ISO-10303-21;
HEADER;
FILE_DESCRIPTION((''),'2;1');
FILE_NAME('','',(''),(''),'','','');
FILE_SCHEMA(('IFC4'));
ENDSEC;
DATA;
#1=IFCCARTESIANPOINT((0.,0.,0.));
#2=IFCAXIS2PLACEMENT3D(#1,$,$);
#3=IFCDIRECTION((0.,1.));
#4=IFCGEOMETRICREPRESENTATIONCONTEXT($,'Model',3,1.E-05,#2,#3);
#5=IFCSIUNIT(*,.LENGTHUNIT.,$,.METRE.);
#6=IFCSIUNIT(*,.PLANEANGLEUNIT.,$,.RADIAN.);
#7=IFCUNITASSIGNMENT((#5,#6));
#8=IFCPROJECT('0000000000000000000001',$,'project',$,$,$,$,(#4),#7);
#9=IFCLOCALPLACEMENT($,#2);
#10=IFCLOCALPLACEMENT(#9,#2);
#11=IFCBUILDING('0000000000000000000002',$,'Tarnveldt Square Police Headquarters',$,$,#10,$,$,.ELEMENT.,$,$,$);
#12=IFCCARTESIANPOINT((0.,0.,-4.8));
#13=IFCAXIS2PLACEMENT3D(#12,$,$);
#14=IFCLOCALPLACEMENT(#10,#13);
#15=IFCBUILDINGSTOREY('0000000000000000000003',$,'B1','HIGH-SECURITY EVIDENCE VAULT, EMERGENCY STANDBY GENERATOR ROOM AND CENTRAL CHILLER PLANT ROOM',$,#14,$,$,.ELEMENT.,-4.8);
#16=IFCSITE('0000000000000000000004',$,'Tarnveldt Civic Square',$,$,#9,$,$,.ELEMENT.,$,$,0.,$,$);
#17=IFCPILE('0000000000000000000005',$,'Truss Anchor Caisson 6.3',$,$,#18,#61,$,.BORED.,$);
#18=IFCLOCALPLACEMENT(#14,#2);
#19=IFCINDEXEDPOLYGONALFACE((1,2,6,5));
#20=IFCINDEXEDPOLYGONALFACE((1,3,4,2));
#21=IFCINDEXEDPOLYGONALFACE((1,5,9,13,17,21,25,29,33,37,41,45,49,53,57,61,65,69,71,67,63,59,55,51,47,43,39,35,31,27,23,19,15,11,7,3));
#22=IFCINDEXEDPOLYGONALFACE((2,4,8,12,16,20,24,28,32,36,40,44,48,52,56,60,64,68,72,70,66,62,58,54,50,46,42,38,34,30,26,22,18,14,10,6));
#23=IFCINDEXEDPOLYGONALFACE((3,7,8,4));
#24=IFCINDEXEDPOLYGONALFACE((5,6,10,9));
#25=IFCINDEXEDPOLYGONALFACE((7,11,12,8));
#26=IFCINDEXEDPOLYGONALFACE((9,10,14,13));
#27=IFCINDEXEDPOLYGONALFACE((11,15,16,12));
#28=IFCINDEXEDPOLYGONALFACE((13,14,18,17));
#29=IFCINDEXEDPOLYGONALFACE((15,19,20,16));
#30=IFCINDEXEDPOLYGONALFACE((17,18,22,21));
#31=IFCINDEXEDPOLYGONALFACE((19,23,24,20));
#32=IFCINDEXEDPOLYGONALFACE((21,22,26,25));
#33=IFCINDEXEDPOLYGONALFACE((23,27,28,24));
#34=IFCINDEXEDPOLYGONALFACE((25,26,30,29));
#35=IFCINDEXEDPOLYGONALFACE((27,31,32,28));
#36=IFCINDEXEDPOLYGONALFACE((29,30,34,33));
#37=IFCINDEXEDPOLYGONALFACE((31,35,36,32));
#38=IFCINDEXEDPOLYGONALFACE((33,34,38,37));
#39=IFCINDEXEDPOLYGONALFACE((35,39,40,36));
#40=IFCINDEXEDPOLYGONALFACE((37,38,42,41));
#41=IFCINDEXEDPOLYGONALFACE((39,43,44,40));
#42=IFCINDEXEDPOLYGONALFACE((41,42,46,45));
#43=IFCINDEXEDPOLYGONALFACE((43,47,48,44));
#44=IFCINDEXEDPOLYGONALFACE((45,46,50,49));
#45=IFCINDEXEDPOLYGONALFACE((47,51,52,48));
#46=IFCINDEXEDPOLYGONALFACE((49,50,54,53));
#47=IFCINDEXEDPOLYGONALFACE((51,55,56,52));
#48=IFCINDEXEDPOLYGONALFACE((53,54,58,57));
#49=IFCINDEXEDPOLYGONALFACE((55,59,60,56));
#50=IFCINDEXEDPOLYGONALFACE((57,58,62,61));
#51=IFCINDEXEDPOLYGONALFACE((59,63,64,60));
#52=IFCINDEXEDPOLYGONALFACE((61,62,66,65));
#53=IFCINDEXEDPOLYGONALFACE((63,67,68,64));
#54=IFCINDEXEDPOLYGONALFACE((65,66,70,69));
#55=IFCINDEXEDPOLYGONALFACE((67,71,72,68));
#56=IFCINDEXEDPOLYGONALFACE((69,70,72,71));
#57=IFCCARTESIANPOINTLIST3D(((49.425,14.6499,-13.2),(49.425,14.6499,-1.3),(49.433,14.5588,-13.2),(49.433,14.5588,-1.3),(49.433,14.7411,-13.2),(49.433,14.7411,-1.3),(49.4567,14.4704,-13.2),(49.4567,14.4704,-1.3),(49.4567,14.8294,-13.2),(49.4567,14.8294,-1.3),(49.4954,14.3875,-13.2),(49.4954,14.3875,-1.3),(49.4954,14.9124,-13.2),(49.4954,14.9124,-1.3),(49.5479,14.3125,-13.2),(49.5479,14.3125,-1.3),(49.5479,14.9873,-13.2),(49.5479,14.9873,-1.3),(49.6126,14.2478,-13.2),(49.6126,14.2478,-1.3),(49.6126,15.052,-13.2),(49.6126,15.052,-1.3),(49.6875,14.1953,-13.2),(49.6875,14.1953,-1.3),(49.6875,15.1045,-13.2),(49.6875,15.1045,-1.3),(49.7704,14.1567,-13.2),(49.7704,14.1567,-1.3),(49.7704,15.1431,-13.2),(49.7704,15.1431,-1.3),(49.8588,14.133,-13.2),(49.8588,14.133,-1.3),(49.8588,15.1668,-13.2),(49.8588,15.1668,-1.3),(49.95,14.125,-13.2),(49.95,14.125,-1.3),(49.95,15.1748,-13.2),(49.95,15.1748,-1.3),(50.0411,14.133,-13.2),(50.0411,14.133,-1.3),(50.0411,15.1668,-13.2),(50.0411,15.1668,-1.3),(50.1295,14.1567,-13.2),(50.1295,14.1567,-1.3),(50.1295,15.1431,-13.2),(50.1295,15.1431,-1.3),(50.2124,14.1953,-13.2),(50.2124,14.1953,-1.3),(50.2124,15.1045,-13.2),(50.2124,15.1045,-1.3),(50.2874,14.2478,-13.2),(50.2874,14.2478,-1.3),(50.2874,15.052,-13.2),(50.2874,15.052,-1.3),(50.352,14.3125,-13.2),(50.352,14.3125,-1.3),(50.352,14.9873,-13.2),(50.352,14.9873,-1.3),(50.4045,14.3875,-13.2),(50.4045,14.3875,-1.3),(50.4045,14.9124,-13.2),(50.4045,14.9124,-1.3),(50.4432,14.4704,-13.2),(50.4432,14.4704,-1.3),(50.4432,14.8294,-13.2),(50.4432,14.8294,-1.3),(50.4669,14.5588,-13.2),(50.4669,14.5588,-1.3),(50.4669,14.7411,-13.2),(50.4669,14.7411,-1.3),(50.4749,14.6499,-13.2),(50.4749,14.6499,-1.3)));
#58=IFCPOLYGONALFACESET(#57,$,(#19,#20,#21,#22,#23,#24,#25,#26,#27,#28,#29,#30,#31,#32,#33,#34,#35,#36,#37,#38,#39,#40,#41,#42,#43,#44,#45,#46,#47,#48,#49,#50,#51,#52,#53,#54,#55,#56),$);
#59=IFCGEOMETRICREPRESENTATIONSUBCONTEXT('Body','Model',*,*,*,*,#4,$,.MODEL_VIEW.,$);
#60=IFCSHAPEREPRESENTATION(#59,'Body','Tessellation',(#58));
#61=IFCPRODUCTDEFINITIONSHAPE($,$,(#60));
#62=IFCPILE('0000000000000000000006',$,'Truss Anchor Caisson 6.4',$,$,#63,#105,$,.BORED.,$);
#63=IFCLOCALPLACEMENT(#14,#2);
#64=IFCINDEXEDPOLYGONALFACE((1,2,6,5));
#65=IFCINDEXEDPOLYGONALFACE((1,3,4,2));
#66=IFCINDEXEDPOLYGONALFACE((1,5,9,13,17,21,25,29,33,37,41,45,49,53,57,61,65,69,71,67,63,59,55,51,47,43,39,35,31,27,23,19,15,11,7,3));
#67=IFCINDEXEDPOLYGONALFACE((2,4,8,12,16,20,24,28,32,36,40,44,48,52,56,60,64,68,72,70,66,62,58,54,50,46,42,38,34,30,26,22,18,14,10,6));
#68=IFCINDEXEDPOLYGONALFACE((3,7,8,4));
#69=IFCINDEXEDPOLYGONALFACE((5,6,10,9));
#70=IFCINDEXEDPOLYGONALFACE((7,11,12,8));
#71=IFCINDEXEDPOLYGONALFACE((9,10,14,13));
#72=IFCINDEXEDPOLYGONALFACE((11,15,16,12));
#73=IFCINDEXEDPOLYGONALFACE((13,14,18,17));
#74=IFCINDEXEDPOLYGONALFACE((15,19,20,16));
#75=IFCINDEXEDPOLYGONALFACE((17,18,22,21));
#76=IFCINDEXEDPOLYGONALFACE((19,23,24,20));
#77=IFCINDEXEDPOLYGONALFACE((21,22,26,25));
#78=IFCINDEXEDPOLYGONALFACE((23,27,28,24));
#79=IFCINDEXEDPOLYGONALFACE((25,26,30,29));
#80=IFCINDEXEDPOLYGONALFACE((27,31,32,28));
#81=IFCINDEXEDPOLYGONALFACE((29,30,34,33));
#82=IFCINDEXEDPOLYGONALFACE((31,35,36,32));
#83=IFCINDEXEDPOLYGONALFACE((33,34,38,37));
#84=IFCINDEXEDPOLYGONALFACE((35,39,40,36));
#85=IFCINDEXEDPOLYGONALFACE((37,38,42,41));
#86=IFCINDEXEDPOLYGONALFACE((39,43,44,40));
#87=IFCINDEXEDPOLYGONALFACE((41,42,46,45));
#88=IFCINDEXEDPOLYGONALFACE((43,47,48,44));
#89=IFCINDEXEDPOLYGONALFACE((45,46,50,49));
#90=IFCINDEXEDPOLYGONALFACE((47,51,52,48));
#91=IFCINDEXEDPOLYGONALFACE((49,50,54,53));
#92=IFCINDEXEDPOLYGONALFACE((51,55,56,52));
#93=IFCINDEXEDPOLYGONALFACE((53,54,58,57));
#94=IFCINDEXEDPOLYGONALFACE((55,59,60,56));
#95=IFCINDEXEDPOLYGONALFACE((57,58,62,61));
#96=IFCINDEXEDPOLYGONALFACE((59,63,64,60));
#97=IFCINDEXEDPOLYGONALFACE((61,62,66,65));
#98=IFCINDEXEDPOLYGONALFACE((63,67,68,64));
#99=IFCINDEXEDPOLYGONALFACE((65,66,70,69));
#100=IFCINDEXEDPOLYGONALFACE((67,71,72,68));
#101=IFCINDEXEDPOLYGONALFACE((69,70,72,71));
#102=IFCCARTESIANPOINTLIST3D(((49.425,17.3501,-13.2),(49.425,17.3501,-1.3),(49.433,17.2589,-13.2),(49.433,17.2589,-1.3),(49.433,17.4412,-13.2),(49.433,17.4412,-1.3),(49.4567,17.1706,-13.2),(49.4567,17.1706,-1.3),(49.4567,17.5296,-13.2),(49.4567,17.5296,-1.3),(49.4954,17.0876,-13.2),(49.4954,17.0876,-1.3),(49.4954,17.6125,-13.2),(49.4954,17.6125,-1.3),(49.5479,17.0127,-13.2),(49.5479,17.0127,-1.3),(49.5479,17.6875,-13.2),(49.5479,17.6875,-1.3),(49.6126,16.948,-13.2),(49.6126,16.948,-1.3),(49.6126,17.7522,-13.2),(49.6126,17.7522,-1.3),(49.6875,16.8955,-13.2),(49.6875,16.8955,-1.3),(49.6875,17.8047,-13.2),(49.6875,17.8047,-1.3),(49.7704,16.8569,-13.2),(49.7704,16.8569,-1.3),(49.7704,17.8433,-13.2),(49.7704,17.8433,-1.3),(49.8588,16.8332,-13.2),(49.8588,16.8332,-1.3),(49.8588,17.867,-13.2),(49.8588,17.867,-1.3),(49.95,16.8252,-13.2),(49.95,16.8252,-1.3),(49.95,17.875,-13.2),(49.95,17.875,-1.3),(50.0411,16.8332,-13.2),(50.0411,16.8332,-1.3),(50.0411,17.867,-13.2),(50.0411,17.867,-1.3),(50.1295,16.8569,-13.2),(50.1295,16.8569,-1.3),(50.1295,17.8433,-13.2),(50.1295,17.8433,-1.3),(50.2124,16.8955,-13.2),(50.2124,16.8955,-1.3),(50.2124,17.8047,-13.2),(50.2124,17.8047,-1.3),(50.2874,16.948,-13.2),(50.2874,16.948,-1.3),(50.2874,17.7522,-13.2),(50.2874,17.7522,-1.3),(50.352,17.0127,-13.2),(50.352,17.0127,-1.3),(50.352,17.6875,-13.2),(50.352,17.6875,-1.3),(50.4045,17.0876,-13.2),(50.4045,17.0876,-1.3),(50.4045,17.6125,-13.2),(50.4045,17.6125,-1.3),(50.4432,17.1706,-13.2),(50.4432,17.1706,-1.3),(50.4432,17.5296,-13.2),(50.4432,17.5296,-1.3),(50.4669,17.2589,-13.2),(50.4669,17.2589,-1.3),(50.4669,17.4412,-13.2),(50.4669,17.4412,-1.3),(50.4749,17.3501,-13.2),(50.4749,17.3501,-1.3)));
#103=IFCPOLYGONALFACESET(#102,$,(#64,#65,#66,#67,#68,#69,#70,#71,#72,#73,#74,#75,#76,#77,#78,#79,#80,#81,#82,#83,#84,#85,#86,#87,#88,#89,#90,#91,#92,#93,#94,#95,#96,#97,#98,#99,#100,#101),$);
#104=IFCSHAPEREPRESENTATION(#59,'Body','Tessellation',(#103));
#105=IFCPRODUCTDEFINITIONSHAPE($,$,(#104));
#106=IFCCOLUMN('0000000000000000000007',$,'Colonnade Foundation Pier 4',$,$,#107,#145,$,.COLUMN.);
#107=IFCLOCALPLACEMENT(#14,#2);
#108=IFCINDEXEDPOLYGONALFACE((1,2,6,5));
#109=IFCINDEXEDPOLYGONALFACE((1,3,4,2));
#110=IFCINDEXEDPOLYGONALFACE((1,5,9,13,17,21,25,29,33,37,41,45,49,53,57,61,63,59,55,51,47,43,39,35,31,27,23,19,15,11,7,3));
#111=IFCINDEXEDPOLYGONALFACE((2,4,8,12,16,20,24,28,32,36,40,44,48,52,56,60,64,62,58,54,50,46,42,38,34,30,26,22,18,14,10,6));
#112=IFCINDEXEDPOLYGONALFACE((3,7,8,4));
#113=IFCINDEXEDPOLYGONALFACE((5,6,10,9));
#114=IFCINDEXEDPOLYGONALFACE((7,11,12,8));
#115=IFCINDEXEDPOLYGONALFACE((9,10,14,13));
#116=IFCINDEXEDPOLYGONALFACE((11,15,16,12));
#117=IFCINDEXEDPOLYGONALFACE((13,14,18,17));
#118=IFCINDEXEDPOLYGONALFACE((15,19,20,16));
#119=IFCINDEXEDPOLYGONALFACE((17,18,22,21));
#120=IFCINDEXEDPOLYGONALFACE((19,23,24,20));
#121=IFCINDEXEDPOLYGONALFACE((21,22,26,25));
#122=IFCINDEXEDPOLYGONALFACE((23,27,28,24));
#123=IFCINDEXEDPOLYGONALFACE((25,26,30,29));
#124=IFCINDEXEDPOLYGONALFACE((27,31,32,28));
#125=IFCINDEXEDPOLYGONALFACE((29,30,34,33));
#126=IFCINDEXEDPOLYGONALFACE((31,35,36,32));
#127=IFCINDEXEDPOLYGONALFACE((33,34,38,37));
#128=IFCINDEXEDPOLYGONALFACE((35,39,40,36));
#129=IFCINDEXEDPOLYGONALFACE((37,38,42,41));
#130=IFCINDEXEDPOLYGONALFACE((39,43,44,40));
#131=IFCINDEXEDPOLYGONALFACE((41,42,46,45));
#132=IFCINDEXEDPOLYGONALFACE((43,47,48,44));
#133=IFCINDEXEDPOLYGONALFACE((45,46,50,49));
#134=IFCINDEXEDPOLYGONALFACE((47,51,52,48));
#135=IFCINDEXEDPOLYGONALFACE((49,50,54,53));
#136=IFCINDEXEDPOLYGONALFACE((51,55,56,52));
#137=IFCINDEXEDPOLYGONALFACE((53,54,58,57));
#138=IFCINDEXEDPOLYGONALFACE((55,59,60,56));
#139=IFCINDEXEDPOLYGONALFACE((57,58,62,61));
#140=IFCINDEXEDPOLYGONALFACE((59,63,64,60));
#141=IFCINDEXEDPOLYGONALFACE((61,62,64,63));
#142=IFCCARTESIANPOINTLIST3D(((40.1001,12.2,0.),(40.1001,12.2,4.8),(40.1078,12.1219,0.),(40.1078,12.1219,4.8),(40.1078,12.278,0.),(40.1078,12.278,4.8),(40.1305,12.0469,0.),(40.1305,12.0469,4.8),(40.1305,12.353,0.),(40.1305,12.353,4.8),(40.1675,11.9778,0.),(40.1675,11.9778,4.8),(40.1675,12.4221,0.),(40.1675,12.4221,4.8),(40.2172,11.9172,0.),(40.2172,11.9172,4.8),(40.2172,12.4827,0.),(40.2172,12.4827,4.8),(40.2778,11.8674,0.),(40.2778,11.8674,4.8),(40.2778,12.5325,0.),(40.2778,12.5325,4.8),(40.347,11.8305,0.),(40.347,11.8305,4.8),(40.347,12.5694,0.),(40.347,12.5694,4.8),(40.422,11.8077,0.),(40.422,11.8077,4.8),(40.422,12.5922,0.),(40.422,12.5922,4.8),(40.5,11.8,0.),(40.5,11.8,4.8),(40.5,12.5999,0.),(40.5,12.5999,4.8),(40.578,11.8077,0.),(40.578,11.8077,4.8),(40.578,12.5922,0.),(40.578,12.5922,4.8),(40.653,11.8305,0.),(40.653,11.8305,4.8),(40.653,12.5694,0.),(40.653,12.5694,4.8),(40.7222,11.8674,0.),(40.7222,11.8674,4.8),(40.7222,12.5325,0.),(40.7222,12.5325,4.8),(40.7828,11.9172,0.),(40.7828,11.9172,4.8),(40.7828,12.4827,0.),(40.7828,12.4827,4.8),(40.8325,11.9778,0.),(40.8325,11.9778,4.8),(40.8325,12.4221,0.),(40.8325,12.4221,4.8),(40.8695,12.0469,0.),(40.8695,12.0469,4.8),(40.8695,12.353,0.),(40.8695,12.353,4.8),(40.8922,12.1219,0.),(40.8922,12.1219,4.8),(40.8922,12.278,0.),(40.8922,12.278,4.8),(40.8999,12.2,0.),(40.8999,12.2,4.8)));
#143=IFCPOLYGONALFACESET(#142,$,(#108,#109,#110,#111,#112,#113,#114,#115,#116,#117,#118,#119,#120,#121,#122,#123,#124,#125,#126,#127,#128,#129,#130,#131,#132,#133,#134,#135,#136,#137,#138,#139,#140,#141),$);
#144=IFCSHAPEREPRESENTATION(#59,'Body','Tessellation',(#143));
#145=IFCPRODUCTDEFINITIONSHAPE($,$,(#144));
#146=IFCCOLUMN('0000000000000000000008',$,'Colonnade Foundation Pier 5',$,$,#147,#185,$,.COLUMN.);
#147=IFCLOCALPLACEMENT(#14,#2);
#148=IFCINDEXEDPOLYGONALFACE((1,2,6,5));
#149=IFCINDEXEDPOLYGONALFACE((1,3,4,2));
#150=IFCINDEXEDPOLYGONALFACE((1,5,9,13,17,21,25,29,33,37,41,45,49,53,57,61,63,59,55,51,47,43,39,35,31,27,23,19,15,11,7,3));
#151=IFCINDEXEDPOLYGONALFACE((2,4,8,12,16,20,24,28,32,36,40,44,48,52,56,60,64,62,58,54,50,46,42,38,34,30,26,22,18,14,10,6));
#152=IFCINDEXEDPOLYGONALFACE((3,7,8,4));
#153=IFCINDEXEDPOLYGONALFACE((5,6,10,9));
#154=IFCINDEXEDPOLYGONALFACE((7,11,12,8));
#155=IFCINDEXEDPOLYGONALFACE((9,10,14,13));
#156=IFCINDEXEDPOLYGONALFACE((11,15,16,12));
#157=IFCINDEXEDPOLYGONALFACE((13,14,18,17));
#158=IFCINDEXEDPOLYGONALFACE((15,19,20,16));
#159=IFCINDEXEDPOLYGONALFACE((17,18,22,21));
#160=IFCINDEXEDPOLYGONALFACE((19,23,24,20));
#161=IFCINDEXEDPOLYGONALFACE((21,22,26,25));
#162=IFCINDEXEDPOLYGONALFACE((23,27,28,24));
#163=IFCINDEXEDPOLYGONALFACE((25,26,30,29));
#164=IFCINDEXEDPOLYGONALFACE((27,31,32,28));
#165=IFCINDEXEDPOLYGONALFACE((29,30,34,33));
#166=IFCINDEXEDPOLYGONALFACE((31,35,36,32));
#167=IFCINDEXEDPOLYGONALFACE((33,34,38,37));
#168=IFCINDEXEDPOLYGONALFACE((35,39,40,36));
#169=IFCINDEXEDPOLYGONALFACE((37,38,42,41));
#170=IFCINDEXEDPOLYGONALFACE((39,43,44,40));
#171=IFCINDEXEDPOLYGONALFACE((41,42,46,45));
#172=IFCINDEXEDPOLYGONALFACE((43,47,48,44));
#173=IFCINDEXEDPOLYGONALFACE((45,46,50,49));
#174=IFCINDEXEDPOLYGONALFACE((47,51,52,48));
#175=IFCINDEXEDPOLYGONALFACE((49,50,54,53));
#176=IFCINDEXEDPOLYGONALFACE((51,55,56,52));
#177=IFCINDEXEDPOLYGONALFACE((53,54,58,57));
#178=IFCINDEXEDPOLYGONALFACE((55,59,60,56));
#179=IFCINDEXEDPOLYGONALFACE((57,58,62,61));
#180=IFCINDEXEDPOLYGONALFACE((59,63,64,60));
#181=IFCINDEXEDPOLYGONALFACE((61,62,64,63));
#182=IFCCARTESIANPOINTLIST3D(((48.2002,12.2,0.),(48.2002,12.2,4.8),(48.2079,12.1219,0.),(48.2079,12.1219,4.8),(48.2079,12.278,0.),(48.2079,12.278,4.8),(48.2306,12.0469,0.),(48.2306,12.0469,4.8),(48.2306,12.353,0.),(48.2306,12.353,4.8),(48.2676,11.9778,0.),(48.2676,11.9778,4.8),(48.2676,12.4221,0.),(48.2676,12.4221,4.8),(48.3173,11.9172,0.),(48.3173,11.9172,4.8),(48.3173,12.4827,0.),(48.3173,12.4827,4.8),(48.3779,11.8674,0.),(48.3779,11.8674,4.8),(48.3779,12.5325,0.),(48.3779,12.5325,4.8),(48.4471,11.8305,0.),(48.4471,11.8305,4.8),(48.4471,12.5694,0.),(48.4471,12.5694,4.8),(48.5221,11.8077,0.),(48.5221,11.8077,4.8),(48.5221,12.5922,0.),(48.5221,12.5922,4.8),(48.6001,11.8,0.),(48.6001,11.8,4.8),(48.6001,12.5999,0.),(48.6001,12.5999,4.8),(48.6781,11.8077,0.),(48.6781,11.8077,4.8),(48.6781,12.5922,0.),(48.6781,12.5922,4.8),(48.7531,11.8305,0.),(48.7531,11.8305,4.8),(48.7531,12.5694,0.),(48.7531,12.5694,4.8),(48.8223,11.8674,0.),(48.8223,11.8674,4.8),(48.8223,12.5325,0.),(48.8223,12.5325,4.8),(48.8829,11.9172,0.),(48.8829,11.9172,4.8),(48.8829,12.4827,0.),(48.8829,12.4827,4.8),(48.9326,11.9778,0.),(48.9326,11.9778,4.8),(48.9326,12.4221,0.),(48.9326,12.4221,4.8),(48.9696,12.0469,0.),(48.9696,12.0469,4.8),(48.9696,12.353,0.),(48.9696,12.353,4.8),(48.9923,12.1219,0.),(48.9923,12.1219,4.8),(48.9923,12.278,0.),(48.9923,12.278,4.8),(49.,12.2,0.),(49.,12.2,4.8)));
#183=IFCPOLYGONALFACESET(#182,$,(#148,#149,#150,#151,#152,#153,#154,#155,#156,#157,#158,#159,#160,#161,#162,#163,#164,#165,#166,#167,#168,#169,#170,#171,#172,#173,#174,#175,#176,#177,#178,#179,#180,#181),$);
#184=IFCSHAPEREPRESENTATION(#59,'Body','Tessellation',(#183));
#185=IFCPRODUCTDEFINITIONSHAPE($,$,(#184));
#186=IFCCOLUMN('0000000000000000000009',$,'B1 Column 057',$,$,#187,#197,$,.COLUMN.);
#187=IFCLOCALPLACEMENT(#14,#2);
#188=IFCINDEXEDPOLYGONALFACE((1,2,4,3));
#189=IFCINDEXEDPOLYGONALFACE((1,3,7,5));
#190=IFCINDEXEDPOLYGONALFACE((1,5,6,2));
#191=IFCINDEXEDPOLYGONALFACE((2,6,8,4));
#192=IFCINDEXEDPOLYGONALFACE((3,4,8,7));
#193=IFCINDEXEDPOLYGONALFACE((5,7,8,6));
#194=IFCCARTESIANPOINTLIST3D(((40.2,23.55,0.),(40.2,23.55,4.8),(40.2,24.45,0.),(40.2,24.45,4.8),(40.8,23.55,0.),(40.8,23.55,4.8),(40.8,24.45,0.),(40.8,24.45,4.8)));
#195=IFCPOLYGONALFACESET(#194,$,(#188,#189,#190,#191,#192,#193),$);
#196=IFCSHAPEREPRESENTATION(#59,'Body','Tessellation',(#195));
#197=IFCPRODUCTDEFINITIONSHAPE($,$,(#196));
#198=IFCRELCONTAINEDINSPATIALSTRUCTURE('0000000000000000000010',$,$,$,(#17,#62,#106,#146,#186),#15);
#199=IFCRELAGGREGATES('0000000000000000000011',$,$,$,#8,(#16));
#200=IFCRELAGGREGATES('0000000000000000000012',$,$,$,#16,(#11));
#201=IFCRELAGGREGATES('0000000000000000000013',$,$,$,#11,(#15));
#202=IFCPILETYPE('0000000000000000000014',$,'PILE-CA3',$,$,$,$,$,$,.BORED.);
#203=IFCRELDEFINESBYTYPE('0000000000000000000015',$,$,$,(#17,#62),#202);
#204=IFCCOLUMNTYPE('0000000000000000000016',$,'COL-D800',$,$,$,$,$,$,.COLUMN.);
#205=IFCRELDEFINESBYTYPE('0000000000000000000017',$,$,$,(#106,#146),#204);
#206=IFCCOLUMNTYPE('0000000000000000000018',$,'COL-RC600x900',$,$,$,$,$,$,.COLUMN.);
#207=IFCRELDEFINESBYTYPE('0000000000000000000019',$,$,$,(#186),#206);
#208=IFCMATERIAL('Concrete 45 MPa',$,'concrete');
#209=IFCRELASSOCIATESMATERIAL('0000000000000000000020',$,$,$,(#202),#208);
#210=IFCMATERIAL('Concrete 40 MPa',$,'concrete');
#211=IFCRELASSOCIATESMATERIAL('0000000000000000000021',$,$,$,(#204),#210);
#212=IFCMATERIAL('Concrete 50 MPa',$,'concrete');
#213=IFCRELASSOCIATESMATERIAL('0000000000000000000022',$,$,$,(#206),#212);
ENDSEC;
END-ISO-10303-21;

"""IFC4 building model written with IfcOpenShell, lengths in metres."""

from ifc_helpers import new_model, si_unit, direction, frame, origin, origin_2d, place, context, subcontext, project, spatial, rectangle, circle, extrude, material, material_profile, profile_set, type_object, element, save


model = new_model("IFC4")

# Units and contexts
model_context = context("Model", 3, precision=1e-05, world=origin(), true_north=direction((0.0, 1.0)))
body_context = subcontext(model_context, "Body", "Model", "MODEL_VIEW")
ifc_project = project(units=[si_unit("LENGTHUNIT", "METRE"), si_unit("PLANEANGLEUNIT", "RADIAN")], contexts=[model_context])

# Site, building, storey
site_placement = place(None, origin())
site = spatial("IfcSite", under=ifc_project, at=site_placement, Name="Tarnveldt Civic Square", CompositionType="ELEMENT", RefElevation=0.0)
building_placement = place(site_placement, origin())
building = spatial("IfcBuilding", under=site, at=building_placement, Name="Tarnveldt Square Police Headquarters", CompositionType="ELEMENT")
storey_placement = place(building_placement, frame((0.0, 0.0, -4.8)))
storey = spatial("IfcBuildingStorey", under=building, at=storey_placement, Name="B1", Description="HIGH-SECURITY EVIDENCE VAULT, EMERGENCY STANDBY GENERATOR ROOM AND CENTRAL CHILLER PLANT ROOM", CompositionType="ELEMENT", Elevation=-4.8)

# Shared definitions
ifc_material_1 = material(Name="Concrete 45 MPa", Category="concrete")
ifc_material_2 = material(Name="Concrete 40 MPa", Category="concrete")

# Piles
ifc_material_profile_1 = material_profile(ifc_material_1, circle(Radius=0.5249, at=origin_2d()), Name="CAISSON-D1050")
ifc_profile_set_1 = profile_set([ifc_material_profile_1], Name="Concrete 45 MPa")
pile_type_1 = type_object("IfcPileType", Name="PILE-CA3", PredefinedType="BORED", material=ifc_profile_set_1)
for number, where, z_axis, x_axis, name in (
    (1, (49.95, 14.6499, -1.3), (0.0, 0.0, -1.0), (1.0, 0.0, 0.0), "Truss Anchor Caisson 6.3"),
    (2, (49.95, 17.3501, -1.3), (0.0, 0.0, -1.0), (1.0, 0.0, 0.0), "Truss Anchor Caisson 6.4"),
):
    element("IfcPile", number, at=place(storey_placement, frame(where, z_axis=z_axis, x_axis=x_axis)), inside=storey, type_object=pile_type_1, Name=name, PredefinedType="BORED", context=body_context, shape_type="SweptSolid", body=[
        extrude(circle(Radius=0.5249, at=origin_2d()), origin(), (0.0, 0.0, 1.0), 11.8999),
    ])

# Columns
ifc_material_profile_2 = material_profile(ifc_material_2, circle(Radius=0.3999, at=origin_2d()), Name="RC-D800")
ifc_profile_set_2 = profile_set([ifc_material_profile_2], Name="Concrete 40 MPa")
column_type_1 = type_object("IfcColumnType", Name="COL-D800", PredefinedType="COLUMN", material=ifc_profile_set_2)
for number, where, z_axis, x_axis, name in (
    (3, (40.5, 12.2, 0.0), (0.0, 0.0, 1.0), (1.0, 0.0, 0.0), "Colonnade Foundation Pier 4"),
    (4, (48.6001, 12.2, 0.0), (0.0, 0.0, 1.0), (1.0, 0.0, 0.0), "Colonnade Foundation Pier 5"),
):
    element("IfcColumn", number, at=place(storey_placement, frame(where, z_axis=z_axis, x_axis=x_axis)), inside=storey, type_object=column_type_1, Name=name, PredefinedType="COLUMN", context=body_context, shape_type="SweptSolid", body=[
        extrude(circle(Radius=0.3999, at=origin_2d()), origin(), (0.0, 0.0, 1.0), 4.8),
    ])
ifc_material_3 = material(Name="Concrete 50 MPa", Category="concrete")
ifc_material_profile_3 = material_profile(ifc_material_3, rectangle(XDim=0.6001, YDim=0.8999, at=origin_2d()), Name="RC-C600x900")
ifc_profile_set_3 = profile_set([ifc_material_profile_3], Name="Concrete 50 MPa")
column_type_2 = type_object("IfcColumnType", Name="COL-RC600x900", PredefinedType="COLUMN", material=ifc_profile_set_3)
for number, where, z_axis, x_axis, name in (
    (5, (40.5, 24.0, 0.0), (0.0, 0.0, 1.0), (1.0, 0.0, 0.0), "B1 Column 057"),
):
    element("IfcColumn", number, at=place(storey_placement, frame(where, z_axis=z_axis, x_axis=x_axis)), inside=storey, type_object=column_type_2, Name=name, PredefinedType="COLUMN", context=body_context, shape_type="SweptSolid", body=[
        extrude(rectangle(XDim=0.6001, YDim=0.8999, at=origin_2d()), origin(), (0.0, 0.0, 1.0), 4.8),
    ])

save(model, "model.ifc")
